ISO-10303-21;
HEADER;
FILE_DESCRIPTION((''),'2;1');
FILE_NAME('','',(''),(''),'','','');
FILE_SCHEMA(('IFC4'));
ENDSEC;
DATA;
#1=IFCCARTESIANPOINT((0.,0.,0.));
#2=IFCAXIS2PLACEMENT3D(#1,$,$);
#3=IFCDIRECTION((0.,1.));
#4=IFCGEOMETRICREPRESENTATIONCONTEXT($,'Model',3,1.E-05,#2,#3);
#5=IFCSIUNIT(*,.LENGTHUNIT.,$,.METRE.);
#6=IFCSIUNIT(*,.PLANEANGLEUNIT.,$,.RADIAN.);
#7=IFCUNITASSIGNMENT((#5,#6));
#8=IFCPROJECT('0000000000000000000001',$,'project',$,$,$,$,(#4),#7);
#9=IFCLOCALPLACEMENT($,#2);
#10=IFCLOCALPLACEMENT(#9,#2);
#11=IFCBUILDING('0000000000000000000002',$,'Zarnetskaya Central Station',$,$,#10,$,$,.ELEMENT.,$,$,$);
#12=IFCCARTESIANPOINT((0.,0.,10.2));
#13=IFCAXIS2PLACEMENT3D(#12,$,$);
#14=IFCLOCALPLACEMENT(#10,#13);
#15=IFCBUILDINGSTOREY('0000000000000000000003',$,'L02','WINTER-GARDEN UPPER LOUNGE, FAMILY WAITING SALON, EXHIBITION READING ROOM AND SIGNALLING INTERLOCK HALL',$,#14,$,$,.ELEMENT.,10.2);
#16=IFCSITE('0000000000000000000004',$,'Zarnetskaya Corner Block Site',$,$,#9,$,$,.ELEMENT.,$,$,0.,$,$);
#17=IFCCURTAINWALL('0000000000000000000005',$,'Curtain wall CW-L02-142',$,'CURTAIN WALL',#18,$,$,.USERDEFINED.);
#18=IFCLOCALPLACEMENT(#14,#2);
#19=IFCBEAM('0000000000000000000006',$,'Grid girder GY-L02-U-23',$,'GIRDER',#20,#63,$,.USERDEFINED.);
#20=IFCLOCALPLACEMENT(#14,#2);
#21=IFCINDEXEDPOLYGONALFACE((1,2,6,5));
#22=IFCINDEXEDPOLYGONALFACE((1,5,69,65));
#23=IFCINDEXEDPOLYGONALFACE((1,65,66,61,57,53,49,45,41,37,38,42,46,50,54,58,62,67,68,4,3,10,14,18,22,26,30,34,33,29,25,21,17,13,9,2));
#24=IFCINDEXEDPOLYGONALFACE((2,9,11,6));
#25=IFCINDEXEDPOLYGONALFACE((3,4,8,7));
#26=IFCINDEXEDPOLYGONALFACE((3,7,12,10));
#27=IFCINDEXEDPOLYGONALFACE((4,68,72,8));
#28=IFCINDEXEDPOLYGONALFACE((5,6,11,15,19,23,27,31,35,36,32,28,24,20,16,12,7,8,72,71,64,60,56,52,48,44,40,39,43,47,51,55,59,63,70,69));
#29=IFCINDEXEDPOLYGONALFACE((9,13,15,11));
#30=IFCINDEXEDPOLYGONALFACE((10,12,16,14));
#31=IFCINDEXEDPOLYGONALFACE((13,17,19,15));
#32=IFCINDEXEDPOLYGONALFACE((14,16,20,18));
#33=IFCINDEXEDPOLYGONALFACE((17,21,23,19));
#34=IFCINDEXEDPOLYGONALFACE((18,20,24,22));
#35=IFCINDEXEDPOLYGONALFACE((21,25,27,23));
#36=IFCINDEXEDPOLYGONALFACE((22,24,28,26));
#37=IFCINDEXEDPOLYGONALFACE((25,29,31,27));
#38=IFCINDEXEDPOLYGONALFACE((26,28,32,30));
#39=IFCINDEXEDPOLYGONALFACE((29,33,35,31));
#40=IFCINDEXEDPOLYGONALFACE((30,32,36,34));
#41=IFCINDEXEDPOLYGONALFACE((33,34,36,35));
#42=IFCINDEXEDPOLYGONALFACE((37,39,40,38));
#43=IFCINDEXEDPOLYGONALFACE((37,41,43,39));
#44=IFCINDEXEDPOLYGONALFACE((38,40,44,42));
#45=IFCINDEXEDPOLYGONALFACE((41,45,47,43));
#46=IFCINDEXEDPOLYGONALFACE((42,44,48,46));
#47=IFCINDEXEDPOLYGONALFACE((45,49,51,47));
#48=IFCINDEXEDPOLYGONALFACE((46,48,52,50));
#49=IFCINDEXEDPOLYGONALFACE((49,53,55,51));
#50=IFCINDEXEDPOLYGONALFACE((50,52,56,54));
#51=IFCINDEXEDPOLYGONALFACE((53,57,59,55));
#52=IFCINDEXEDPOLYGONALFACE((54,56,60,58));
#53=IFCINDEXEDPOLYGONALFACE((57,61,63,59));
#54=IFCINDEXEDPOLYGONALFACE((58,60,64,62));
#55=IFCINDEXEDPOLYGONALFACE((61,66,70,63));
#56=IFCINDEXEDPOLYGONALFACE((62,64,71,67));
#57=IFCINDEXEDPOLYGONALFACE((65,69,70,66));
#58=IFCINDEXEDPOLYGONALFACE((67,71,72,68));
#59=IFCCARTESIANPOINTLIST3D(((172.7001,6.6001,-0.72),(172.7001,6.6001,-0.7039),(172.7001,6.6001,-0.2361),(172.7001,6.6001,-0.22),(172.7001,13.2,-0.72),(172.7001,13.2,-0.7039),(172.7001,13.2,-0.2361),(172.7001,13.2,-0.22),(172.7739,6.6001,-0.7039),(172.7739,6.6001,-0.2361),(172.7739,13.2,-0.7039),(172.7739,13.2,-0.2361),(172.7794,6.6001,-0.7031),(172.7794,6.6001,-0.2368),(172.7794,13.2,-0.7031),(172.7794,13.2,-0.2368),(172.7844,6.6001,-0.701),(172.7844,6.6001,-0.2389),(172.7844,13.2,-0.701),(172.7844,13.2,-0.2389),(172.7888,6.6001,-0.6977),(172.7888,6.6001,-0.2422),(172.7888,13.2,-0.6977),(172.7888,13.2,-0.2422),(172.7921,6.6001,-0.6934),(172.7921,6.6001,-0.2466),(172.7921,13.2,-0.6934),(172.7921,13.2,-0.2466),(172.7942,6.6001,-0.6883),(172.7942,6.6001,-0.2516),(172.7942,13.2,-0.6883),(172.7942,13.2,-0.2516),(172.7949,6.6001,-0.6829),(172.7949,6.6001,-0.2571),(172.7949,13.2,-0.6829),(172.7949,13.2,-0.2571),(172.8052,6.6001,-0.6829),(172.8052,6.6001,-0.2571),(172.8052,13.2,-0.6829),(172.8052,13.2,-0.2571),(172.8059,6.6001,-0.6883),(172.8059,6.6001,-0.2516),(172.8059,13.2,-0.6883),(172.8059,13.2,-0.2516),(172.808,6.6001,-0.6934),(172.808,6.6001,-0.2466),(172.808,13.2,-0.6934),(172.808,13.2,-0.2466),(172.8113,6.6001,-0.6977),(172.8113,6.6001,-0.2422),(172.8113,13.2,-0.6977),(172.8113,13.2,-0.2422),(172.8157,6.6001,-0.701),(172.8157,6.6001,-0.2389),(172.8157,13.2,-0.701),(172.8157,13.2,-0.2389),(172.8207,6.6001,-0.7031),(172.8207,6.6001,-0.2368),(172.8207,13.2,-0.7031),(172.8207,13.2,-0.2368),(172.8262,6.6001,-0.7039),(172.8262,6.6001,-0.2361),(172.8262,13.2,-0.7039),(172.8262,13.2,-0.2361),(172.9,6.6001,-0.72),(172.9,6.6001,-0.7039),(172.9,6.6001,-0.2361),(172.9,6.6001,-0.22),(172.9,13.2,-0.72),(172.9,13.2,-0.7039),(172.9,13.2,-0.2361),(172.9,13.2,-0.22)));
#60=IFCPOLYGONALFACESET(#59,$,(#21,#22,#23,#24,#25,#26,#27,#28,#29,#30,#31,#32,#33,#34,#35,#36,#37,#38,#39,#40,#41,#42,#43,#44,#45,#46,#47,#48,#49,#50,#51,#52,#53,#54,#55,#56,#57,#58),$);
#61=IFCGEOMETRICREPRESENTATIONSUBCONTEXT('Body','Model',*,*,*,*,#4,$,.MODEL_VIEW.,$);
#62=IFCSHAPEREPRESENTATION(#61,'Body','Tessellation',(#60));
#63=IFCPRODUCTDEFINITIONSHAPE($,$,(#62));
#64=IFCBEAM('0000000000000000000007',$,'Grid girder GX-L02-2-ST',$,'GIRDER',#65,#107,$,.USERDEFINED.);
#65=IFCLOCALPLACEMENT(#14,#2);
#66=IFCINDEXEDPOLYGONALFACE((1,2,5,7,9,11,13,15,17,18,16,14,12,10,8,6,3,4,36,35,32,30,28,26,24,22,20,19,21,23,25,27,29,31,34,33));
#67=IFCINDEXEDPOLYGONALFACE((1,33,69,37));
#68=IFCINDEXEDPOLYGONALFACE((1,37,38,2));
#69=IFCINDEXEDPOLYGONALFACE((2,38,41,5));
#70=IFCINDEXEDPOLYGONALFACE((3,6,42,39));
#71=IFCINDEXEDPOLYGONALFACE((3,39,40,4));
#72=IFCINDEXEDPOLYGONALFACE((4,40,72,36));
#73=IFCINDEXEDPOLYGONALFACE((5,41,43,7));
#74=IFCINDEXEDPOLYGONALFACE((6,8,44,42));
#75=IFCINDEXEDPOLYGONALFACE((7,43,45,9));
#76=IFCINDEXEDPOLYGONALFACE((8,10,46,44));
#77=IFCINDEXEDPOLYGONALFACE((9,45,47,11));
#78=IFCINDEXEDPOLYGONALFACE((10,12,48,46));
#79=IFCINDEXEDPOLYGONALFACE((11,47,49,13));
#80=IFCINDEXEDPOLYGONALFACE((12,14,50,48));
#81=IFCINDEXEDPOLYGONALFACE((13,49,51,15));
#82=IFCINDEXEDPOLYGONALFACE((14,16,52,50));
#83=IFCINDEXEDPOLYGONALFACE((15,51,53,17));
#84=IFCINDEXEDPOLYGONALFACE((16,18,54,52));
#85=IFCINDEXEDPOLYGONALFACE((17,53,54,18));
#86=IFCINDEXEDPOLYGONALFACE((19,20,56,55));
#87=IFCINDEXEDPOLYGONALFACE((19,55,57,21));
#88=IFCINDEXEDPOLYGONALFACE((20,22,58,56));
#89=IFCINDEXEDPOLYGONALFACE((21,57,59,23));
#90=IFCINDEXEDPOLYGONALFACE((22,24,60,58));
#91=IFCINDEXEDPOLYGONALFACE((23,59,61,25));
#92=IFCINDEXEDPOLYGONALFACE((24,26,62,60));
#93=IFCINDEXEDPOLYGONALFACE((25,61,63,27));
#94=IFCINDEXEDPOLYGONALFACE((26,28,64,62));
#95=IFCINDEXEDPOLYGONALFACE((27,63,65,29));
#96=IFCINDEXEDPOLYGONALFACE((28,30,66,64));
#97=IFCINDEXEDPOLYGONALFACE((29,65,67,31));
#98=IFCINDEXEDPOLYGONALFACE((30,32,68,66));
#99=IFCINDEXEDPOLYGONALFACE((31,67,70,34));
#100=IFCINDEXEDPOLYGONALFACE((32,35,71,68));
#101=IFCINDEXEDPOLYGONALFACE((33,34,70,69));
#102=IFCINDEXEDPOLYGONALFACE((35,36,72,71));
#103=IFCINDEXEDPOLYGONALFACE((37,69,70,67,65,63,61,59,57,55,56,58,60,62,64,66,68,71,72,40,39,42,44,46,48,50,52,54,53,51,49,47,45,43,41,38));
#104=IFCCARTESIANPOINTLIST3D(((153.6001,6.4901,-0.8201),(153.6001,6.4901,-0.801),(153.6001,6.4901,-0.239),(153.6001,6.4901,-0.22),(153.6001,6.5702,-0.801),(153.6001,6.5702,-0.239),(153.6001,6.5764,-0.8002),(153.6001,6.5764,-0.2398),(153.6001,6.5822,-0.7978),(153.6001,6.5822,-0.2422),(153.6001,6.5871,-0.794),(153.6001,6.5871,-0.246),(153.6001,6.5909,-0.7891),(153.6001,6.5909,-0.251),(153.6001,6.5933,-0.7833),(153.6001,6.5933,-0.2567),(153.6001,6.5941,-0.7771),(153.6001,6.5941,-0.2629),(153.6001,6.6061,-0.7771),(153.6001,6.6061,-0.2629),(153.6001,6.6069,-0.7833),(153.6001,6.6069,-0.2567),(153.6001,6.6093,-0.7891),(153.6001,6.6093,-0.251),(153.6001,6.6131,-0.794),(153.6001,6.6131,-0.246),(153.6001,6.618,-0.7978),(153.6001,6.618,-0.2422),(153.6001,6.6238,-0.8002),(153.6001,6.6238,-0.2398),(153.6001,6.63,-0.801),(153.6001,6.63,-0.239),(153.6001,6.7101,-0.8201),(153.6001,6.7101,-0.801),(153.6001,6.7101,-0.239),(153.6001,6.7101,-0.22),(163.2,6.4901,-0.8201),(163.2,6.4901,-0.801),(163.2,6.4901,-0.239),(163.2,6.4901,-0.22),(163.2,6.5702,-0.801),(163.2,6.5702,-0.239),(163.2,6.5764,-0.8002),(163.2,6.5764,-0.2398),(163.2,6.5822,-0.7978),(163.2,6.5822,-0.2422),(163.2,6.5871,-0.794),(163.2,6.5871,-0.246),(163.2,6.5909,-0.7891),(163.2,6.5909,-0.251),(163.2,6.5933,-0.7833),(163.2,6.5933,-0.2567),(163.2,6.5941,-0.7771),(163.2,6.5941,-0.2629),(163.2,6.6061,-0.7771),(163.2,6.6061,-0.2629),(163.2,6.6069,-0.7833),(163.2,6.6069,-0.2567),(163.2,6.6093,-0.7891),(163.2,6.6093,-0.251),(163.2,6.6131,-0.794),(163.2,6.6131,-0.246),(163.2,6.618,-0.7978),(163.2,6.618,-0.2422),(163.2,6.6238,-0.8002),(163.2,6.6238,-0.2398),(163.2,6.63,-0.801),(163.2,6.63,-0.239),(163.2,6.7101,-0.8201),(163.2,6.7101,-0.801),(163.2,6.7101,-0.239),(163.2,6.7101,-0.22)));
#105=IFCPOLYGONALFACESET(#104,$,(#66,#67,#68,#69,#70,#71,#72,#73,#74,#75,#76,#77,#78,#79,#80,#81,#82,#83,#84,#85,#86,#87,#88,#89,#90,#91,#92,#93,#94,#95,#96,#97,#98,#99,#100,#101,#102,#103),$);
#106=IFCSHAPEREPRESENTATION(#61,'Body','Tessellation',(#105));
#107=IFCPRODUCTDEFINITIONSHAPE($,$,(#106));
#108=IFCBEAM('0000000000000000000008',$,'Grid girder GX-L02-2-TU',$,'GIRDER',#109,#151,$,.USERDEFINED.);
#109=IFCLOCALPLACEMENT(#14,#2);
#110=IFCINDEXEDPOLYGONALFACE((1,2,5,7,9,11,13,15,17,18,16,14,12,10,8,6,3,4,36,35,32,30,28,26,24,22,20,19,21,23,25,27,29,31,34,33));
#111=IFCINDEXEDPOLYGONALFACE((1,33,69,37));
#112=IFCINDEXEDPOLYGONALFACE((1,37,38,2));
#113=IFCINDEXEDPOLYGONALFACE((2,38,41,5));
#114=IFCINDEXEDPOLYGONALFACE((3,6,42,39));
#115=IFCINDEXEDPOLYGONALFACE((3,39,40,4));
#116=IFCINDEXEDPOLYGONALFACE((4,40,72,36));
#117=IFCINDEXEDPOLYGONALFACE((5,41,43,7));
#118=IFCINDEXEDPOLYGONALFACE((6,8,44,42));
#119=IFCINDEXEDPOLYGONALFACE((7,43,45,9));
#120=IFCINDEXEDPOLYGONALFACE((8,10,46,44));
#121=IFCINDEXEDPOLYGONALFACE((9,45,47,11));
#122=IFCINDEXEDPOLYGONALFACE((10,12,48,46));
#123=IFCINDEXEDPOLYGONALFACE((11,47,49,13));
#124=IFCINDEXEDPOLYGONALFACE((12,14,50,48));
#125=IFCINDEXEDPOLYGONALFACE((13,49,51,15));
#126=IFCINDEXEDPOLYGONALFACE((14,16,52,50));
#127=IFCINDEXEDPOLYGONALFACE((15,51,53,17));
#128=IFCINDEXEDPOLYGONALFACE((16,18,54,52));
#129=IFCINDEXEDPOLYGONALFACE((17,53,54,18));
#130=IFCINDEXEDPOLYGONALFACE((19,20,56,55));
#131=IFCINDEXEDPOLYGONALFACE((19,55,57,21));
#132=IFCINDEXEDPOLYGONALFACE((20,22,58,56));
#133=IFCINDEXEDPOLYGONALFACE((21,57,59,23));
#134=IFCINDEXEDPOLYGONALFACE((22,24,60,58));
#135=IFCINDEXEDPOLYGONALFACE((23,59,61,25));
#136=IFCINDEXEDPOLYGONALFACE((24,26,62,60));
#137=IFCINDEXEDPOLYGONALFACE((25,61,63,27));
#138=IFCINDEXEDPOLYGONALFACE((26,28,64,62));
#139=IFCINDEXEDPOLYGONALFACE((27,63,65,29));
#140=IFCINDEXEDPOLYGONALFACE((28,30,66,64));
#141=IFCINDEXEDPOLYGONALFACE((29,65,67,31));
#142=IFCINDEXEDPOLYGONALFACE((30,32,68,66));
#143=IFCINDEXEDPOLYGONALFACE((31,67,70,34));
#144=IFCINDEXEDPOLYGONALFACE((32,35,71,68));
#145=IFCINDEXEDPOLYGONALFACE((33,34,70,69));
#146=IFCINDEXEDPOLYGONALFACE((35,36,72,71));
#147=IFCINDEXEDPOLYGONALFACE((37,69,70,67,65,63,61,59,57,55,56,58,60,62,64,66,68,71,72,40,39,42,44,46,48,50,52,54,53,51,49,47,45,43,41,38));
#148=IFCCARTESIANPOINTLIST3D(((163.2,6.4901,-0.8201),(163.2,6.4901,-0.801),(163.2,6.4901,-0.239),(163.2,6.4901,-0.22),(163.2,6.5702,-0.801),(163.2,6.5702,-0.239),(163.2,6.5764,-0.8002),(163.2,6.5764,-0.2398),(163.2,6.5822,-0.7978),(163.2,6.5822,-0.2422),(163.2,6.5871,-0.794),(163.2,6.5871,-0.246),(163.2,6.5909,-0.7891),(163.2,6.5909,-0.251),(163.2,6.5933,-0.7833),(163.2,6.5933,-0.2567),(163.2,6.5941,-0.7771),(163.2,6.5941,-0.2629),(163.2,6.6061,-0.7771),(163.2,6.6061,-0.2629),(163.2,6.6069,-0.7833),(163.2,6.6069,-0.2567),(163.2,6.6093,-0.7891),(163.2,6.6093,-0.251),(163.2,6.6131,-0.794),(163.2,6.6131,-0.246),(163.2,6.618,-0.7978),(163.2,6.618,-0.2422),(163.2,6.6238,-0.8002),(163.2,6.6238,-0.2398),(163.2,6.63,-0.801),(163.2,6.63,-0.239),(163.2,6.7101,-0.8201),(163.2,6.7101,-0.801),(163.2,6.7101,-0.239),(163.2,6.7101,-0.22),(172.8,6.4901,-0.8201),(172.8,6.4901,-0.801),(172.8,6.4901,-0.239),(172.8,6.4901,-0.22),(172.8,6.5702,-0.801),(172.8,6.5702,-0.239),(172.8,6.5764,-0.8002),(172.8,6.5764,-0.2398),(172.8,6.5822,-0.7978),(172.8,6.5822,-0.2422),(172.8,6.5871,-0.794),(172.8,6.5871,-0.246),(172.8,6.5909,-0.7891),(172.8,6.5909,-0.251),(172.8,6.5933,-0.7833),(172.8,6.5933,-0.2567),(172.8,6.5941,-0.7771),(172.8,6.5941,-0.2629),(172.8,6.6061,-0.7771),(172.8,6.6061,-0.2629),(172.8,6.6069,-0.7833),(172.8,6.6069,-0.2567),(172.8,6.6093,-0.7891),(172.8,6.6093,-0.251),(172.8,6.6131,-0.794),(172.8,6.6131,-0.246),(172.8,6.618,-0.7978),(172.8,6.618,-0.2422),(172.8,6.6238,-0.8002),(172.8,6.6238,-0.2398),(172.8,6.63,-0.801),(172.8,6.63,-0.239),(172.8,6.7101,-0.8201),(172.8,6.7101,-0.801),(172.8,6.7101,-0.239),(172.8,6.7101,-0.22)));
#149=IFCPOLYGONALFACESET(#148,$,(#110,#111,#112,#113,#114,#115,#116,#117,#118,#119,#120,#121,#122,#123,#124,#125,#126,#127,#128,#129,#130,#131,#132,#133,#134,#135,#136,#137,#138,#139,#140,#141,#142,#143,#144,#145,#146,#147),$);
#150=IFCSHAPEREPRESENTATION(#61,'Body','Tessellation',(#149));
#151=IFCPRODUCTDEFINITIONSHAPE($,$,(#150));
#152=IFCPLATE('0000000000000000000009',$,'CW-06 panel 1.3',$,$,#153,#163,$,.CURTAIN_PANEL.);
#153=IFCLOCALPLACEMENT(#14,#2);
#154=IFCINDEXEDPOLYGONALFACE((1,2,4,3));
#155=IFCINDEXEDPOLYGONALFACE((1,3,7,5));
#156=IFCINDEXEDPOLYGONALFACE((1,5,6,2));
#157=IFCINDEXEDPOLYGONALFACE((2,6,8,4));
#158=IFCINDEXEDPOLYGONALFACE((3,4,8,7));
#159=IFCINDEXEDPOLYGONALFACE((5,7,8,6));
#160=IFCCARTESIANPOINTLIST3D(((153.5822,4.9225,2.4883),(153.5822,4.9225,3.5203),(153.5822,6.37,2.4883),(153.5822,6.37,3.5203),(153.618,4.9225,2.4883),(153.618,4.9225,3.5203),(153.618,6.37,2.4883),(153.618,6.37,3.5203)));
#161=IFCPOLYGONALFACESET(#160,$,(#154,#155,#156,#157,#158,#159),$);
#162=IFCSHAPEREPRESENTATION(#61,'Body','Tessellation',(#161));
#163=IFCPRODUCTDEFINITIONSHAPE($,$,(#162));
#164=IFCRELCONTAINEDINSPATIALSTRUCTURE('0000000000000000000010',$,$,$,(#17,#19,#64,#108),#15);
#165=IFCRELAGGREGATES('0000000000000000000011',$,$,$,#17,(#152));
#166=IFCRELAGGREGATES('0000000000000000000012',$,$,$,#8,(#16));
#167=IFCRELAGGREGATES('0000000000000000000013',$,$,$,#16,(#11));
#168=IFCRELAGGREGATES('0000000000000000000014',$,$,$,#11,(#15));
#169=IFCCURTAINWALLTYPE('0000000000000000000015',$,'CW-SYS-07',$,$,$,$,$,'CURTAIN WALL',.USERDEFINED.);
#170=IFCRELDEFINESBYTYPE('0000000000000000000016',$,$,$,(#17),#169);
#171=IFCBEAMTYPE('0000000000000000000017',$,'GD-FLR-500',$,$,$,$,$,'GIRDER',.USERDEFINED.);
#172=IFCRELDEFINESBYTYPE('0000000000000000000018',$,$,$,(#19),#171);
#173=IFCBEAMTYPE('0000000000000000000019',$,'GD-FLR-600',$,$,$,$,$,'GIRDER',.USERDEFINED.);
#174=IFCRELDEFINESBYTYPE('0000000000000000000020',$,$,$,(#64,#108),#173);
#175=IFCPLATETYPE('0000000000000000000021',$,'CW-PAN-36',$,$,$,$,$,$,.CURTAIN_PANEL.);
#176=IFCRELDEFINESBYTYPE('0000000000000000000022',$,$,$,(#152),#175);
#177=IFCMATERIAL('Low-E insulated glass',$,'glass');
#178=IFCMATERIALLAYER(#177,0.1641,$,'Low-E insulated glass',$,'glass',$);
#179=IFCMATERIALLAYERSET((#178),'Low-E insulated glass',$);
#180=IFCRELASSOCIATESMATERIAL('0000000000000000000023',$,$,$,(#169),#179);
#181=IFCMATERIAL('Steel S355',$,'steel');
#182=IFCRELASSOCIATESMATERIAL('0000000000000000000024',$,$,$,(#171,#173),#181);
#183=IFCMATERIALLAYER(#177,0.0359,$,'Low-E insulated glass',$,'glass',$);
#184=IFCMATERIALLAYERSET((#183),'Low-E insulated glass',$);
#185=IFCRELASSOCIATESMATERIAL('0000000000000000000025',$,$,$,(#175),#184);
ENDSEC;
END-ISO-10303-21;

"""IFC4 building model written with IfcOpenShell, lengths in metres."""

from ifc_helpers import new_model, si_unit, direction, frame, origin, origin_2d, place, context, subcontext, project, spatial, rectangle, i_section, extrude, material, layer, layer_set, material_profile, profile_set, type_object, element, aggregate, save


model = new_model("IFC4")

# Units and contexts
model_context = context("Model", 3, precision=1e-05, world=origin(), true_north=direction((0.0, 1.0)))
body_context = subcontext(model_context, "Body", "Model", "MODEL_VIEW")
ifc_project = project(units=[si_unit("LENGTHUNIT", "METRE"), si_unit("PLANEANGLEUNIT", "RADIAN")], contexts=[model_context])

# Site, building, storey
site_placement = place(None, origin())
site = spatial("IfcSite", under=ifc_project, at=site_placement, Name="Zarnetskaya Corner Block Site", CompositionType="ELEMENT", RefElevation=0.0)
building_placement = place(site_placement, origin())
building = spatial("IfcBuilding", under=site, at=building_placement, Name="Zarnetskaya Central Station", CompositionType="ELEMENT")
storey_placement = place(building_placement, frame((0.0, 0.0, 10.2)))
storey = spatial("IfcBuildingStorey", under=building, at=storey_placement, Name="L02", Description="WINTER-GARDEN UPPER LOUNGE, FAMILY WAITING SALON, EXHIBITION READING ROOM AND SIGNALLING INTERLOCK HALL", CompositionType="ELEMENT", Elevation=10.2)

# Shared definitions
ifc_material_1 = material(Name="Steel S355", Category="steel")

# Curtain wall
ifc_material_2 = material(Name="Low-E insulated glass", Category="glass")
ifc_layer_1 = layer(ifc_material_2, 0.1641, Name="Low-E insulated glass", Category="glass")
ifc_layer_set_1 = layer_set([ifc_layer_1], Name="Low-E insulated glass")
curtain_wall_type = type_object("IfcCurtainWallType", Name="CW-SYS-07", ElementType="CURTAIN WALL", PredefinedType="USERDEFINED", material=ifc_layer_set_1)
curtain_wall_placement = place(storey_placement, origin())
curtain_wall = element("IfcCurtainWall", 1, at=curtain_wall_placement, inside=storey, type_object=curtain_wall_type, Name="Curtain wall CW-L02-142", ObjectType="CURTAIN WALL", PredefinedType="USERDEFINED")

# Beams
ifc_material_profile_1 = material_profile(ifc_material_1, i_section(OverallWidth=0.2, OverallDepth=0.5, WebThickness=0.0103, FlangeThickness=0.0161, FilletRadius=0.021, at=origin_2d()), Name="IPE 500")
ifc_profile_set_1 = profile_set([ifc_material_profile_1], Name="Steel S355")
beam_type_1 = type_object("IfcBeamType", Name="GD-FLR-500", ElementType="GIRDER", PredefinedType="USERDEFINED", material=ifc_profile_set_1)
beam_1_placement = place(storey_placement, frame((172.8, 6.6001, -0.47), z_axis=(0.0, 1.0, 0.0), x_axis=(-1.0, 0.0, 0.0)))
element("IfcBeam", 2, at=beam_1_placement, inside=storey, type_object=beam_type_1, Name="Grid girder GY-L02-U-23", ObjectType="GIRDER", PredefinedType="USERDEFINED", context=body_context, shape_type="SweptSolid", body=[
    extrude(i_section(OverallWidth=0.2, OverallDepth=0.5, WebThickness=0.0103, FlangeThickness=0.0161, FilletRadius=0.021, at=origin_2d()), origin(), (0.0, 0.0, 1.0), 6.5999),
])
ifc_material_profile_2 = material_profile(ifc_material_1, i_section(OverallWidth=0.22, OverallDepth=0.6001, WebThickness=0.012, FlangeThickness=0.019, FilletRadius=0.0239, at=origin_2d()), Name="IPE 600")
ifc_profile_set_2 = profile_set([ifc_material_profile_2], Name="Steel S355")
beam_type_2 = type_object("IfcBeamType", Name="GD-FLR-600", ElementType="GIRDER", PredefinedType="USERDEFINED", material=ifc_profile_set_2)
beam_2_placement = place(storey_placement, frame((153.6001, 6.6001, -0.52), z_axis=(1.0, 0.0, 0.0), x_axis=(0.0, 1.0, 0.0)))
element("IfcBeam", 3, at=beam_2_placement, inside=storey, type_object=beam_type_2, Name="Grid girder GX-L02-2-ST", ObjectType="GIRDER", PredefinedType="USERDEFINED", context=body_context, shape_type="SweptSolid", body=[
    extrude(i_section(OverallWidth=0.22, OverallDepth=0.6001, WebThickness=0.012, FlangeThickness=0.019, FilletRadius=0.0239, at=origin_2d()), origin(), (0.0, 0.0, 1.0), 9.5999),
])
beam_3_placement = place(storey_placement, frame((163.2, 6.6001, -0.52), z_axis=(1.0, 0.0, 0.0), x_axis=(0.0, 1.0, 0.0)))
element("IfcBeam", 4, at=beam_3_placement, inside=storey, type_object=beam_type_2, Name="Grid girder GX-L02-2-TU", ObjectType="GIRDER", PredefinedType="USERDEFINED", context=body_context, shape_type="SweptSolid", body=[
    extrude(i_section(OverallWidth=0.22, OverallDepth=0.6001, WebThickness=0.012, FlangeThickness=0.019, FilletRadius=0.0239, at=origin_2d()), origin(), (0.0, 0.0, 1.0), 9.6001),
])

# Plate
ifc_layer_2 = layer(ifc_material_2, 0.0359, Name="Low-E insulated glass", Category="glass")
ifc_layer_set_2 = layer_set([ifc_layer_2], Name="Low-E insulated glass")
plate_type = type_object("IfcPlateType", Name="CW-PAN-36", PredefinedType="CURTAIN_PANEL", material=ifc_layer_set_2)
plate_placement = place(storey_placement, frame((153.6001, 5.6462, 2.4883), z_axis=(0.0, 0.0, 1.0), x_axis=(0.0, -1.0, 0.0)))
plate = element("IfcPlate", 5, at=plate_placement, type_object=plate_type, Name="CW-06 panel 1.3", PredefinedType="CURTAIN_PANEL", context=body_context, shape_type="SweptSolid", body=[
    extrude(rectangle(XDim=1.4475, YDim=0.0359, at=origin_2d()), origin(), (0.0, 0.0, 1.0), 1.032),
])
aggregate(curtain_wall, [plate])

save(model, "model.ifc")
